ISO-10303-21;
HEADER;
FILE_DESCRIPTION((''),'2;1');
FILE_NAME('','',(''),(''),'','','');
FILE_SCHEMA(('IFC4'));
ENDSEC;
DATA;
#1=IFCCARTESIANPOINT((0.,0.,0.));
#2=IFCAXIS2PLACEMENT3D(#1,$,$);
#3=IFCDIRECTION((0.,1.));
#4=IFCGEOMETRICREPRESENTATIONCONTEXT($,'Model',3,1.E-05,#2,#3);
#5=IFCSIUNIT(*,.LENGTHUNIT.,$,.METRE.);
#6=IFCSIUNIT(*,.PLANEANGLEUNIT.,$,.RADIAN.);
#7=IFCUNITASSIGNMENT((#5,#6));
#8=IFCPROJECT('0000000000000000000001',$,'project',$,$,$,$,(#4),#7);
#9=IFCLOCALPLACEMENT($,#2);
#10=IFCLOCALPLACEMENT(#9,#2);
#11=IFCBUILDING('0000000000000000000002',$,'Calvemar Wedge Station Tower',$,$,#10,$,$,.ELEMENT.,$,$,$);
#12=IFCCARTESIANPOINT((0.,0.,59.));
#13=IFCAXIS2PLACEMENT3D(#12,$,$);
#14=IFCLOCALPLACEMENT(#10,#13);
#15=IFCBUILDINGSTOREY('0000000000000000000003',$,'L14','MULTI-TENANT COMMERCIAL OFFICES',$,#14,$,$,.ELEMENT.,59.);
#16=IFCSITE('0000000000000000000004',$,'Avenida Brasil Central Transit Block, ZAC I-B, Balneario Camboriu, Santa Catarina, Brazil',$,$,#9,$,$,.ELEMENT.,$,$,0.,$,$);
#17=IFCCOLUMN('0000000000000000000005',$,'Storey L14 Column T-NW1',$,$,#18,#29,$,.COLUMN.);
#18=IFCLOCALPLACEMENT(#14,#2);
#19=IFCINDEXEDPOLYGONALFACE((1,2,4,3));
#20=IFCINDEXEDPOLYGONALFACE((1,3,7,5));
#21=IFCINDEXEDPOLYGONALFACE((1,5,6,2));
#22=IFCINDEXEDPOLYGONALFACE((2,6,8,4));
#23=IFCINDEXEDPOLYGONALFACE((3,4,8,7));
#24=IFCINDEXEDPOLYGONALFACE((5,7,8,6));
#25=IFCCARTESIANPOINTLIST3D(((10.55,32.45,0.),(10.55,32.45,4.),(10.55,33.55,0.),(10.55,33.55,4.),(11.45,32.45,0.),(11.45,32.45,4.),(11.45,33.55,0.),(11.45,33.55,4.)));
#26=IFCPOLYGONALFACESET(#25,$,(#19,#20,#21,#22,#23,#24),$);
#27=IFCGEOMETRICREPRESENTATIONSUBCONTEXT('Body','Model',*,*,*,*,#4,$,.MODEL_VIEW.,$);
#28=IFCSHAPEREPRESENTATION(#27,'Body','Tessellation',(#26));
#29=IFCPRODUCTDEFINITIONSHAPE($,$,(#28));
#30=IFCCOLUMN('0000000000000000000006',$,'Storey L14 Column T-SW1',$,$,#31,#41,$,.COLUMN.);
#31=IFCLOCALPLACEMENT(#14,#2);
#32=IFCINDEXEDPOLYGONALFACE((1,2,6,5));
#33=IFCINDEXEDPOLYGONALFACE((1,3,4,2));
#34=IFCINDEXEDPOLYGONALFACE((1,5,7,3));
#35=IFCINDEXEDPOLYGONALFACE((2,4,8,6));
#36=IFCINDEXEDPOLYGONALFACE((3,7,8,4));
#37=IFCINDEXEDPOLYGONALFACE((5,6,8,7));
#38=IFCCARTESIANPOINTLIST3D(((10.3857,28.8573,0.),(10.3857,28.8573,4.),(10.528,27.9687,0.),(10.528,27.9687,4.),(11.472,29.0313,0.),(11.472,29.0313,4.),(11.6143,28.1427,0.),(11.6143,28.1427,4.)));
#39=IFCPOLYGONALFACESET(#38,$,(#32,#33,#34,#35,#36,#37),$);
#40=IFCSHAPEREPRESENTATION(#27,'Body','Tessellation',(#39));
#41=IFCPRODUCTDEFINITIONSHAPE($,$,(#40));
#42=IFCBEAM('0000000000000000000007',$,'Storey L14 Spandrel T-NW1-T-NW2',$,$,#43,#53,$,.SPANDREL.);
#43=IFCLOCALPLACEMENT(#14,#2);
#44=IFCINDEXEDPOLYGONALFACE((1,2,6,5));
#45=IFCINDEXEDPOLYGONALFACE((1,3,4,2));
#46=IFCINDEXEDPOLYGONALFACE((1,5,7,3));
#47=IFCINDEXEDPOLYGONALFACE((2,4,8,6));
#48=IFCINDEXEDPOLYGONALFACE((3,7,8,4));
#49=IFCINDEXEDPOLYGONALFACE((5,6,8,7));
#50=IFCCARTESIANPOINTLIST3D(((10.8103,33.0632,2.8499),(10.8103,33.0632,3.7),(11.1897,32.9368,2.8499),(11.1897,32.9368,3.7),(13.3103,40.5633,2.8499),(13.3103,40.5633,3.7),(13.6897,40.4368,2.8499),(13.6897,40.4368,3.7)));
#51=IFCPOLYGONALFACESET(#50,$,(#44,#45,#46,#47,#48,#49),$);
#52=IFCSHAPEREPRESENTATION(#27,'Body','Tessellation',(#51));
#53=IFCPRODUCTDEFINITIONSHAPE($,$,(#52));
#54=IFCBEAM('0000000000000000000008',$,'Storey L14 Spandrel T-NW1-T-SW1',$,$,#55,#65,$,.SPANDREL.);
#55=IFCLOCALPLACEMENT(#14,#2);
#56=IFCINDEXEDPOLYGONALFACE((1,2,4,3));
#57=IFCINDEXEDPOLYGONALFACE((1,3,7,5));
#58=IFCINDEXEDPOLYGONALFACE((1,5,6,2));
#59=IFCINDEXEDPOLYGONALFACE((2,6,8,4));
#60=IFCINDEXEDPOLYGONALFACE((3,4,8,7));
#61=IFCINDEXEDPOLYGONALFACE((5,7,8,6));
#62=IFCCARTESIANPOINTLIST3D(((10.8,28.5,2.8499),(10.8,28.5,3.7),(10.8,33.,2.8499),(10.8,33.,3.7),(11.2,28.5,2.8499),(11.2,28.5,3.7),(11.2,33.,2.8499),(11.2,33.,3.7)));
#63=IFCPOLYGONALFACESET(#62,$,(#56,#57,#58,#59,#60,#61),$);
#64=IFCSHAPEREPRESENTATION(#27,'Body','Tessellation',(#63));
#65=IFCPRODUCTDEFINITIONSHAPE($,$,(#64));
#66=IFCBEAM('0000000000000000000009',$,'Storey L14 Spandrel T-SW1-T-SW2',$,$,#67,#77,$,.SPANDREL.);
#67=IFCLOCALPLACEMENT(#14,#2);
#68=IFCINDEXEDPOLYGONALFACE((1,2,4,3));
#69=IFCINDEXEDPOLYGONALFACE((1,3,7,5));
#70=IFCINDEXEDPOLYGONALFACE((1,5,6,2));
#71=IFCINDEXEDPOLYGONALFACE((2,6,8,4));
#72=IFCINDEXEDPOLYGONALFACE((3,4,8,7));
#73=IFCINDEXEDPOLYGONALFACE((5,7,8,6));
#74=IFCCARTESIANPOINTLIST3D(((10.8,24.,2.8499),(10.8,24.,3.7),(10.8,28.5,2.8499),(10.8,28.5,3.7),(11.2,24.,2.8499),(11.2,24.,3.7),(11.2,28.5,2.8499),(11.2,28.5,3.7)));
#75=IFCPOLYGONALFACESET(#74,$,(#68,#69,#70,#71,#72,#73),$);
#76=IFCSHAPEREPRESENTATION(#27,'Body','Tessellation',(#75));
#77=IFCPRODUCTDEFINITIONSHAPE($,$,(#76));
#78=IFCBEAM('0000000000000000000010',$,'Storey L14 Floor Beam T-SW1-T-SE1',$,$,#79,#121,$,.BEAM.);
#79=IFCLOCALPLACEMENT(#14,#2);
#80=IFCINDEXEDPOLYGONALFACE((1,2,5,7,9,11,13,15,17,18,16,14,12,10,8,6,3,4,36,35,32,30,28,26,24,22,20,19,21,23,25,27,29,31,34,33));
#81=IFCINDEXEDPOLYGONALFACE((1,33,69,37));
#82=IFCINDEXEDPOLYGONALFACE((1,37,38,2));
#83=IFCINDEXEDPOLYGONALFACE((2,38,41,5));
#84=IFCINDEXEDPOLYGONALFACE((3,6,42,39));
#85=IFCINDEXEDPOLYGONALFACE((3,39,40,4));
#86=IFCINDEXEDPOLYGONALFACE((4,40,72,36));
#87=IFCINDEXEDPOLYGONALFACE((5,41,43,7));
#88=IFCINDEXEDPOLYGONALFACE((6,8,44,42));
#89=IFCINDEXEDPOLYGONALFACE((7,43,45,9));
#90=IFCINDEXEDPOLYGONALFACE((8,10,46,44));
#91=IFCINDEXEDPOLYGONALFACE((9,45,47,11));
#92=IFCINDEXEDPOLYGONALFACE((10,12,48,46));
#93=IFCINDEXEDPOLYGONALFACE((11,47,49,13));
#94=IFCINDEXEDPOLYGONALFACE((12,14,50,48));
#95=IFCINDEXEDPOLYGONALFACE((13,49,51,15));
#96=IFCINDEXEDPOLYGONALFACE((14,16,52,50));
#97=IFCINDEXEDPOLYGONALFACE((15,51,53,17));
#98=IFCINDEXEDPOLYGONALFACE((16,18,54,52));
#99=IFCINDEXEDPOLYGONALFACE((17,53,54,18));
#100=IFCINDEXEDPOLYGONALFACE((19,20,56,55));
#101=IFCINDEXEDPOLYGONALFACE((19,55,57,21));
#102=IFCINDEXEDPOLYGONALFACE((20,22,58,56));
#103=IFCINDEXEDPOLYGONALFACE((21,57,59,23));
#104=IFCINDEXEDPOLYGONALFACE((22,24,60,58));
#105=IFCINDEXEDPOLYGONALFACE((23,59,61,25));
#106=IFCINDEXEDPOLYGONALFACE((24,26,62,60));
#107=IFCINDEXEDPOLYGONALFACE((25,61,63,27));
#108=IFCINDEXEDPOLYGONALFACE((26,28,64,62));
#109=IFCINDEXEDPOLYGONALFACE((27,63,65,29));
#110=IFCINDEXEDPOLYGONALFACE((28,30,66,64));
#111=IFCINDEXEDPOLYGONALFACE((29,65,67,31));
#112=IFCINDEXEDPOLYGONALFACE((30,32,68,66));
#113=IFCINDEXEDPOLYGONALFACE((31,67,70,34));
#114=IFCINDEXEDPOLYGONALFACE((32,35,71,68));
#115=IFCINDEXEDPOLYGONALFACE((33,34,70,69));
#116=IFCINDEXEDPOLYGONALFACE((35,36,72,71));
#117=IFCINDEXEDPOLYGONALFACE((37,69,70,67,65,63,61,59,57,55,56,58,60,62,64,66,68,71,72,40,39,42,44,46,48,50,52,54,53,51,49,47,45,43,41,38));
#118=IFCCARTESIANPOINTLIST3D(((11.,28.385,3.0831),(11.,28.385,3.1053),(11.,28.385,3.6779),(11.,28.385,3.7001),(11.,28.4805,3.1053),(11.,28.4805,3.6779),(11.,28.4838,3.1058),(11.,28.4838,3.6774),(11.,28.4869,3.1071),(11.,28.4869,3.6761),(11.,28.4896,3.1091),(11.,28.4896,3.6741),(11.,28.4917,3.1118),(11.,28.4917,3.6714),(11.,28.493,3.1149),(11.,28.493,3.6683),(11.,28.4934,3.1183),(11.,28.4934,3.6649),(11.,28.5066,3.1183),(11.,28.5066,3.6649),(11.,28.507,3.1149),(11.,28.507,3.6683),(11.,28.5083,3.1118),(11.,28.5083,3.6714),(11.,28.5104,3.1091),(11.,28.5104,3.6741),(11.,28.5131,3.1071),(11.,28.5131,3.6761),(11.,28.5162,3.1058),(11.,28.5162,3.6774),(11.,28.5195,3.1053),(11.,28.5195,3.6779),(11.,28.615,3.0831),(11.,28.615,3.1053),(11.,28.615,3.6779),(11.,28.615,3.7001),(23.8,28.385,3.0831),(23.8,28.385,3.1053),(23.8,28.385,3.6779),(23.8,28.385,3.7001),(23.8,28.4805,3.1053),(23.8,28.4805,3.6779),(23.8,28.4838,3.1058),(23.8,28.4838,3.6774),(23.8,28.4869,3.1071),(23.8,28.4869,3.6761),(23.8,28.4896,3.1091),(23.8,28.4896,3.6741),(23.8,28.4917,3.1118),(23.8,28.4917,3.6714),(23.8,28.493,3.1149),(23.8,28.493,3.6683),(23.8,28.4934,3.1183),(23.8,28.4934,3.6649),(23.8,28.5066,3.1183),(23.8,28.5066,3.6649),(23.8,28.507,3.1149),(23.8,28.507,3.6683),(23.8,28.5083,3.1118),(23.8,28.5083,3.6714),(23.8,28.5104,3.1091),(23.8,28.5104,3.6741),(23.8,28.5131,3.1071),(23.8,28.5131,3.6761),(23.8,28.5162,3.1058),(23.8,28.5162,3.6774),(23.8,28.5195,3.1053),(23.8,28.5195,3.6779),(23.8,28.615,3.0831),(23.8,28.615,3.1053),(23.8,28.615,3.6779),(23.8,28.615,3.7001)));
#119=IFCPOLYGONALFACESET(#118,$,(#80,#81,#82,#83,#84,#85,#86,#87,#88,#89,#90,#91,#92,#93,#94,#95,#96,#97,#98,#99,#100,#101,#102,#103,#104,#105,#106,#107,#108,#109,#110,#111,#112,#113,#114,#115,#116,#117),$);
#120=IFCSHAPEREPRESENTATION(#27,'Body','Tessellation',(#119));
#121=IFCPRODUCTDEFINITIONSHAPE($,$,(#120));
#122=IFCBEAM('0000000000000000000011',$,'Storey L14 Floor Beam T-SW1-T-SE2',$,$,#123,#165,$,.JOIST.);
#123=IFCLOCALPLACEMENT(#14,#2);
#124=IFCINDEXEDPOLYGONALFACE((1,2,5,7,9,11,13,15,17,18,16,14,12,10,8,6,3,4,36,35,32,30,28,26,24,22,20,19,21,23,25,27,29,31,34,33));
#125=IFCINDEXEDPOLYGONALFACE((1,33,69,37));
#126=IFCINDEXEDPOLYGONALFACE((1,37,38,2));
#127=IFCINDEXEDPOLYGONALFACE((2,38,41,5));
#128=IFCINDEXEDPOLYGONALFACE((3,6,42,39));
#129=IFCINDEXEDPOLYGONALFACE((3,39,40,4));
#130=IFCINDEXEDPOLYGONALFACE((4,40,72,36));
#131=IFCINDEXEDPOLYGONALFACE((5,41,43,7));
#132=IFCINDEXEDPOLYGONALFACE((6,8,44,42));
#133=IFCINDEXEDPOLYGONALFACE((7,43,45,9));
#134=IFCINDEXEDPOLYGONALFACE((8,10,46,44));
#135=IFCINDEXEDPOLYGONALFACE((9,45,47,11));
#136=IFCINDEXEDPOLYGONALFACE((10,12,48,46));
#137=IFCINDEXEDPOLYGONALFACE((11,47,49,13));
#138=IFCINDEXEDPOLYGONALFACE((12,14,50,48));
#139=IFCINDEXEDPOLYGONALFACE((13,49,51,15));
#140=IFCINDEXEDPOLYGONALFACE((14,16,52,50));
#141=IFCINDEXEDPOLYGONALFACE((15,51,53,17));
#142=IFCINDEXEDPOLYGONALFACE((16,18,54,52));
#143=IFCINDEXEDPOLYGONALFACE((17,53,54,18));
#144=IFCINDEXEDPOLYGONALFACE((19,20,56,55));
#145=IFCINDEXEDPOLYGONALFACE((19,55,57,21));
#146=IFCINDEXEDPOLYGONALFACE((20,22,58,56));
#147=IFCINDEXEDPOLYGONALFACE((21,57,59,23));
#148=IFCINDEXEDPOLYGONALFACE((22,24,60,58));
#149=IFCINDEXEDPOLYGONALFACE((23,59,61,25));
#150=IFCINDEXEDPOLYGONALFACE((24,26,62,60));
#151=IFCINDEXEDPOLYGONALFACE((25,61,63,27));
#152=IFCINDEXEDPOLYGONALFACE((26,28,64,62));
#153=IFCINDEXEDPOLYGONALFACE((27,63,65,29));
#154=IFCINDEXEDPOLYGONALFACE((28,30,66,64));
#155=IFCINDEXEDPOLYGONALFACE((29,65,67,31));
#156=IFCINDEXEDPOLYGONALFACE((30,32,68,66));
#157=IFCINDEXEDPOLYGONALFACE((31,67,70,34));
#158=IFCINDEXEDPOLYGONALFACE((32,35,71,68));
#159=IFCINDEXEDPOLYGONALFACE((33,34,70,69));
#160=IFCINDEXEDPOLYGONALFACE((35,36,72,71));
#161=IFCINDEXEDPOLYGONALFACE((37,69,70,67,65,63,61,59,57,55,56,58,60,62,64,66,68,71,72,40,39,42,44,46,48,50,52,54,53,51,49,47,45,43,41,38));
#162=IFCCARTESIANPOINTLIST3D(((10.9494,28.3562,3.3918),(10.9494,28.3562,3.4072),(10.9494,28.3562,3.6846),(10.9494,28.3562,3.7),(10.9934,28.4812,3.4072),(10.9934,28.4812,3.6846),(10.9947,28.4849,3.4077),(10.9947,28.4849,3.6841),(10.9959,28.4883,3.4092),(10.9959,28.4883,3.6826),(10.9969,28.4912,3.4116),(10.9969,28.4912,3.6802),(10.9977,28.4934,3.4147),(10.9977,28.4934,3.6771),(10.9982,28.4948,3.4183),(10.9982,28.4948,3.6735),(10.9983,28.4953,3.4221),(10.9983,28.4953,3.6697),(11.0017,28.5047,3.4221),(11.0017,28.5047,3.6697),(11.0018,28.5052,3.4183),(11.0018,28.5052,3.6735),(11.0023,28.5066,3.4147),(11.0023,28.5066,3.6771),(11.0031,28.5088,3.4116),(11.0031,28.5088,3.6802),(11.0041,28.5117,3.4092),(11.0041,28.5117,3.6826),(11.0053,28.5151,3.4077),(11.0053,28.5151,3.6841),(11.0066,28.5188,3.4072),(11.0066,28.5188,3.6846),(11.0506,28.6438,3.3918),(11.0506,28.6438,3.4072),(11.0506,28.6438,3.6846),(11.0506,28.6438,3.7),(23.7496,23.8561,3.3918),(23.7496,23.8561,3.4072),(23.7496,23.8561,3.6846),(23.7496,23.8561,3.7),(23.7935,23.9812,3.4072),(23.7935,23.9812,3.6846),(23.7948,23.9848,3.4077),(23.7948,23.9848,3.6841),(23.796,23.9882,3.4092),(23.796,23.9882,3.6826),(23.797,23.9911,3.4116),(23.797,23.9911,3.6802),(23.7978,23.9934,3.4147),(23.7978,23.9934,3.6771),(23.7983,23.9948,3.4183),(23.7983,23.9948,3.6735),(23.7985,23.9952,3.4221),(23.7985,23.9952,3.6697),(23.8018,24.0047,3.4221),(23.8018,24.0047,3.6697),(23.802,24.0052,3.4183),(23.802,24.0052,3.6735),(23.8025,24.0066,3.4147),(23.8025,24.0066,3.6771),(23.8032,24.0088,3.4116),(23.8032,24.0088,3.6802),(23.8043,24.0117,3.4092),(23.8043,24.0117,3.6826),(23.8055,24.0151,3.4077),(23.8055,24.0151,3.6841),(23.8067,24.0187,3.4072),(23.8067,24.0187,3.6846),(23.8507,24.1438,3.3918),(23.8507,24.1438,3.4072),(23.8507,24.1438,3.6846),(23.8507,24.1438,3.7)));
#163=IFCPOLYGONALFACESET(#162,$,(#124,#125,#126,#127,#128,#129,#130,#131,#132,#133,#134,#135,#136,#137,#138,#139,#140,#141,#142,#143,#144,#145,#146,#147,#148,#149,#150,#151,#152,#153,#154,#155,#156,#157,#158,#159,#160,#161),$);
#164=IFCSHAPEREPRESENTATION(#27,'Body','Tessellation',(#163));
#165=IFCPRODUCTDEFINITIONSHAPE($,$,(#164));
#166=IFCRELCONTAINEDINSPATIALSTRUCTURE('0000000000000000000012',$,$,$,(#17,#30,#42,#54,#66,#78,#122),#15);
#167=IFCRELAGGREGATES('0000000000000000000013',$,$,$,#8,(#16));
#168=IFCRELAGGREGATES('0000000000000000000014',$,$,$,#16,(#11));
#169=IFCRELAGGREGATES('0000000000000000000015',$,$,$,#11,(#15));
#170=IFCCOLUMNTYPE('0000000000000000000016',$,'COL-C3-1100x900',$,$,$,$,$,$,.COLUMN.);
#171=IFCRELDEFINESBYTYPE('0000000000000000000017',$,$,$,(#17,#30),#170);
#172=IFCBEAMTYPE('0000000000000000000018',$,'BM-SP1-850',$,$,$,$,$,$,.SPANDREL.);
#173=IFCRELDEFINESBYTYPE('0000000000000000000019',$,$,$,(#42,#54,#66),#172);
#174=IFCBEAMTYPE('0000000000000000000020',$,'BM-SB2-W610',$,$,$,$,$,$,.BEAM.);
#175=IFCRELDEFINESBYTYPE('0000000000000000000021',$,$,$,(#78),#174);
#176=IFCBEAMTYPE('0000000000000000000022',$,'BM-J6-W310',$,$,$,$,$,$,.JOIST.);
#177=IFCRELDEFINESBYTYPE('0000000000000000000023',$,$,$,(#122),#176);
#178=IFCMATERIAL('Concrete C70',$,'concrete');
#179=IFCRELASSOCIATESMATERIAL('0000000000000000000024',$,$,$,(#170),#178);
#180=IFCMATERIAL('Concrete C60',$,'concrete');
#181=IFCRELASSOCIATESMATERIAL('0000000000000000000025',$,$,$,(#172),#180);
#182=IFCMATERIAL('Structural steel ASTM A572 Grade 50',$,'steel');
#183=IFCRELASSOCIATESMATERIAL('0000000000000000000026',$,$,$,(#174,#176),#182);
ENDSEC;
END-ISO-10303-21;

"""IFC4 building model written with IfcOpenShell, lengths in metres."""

from ifc_helpers import new_model, si_unit, direction, frame, origin, origin_2d, place, context, subcontext, project, spatial, rectangle, i_section, extrude, source, transform, mapped, material, material_profile, profile_set, type_object, element, save


model = new_model("IFC4")

# Units and contexts
model_context = context("Model", 3, precision=1e-05, world=origin(), true_north=direction((0.0, 1.0)))
body_context = subcontext(model_context, "Body", "Model", "MODEL_VIEW")
ifc_project = project(units=[si_unit("LENGTHUNIT", "METRE"), si_unit("PLANEANGLEUNIT", "RADIAN")], contexts=[model_context])

# Site, building, storey
site_placement = place(None, origin())
site = spatial("IfcSite", under=ifc_project, at=site_placement, Name="Avenida Brasil Central Transit Block, ZAC I-B, Balneario Camboriu, Santa Catarina, Brazil", CompositionType="ELEMENT", RefElevation=0.0)
building_placement = place(site_placement, origin())
building = spatial("IfcBuilding", under=site, at=building_placement, Name="Calvemar Wedge Station Tower", CompositionType="ELEMENT")
storey_placement = place(building_placement, frame((0.0, 0.0, 59.0)))
storey = spatial("IfcBuildingStorey", under=building, at=storey_placement, Name="L14", Description="MULTI-TENANT COMMERCIAL OFFICES", CompositionType="ELEMENT", Elevation=59.0)

# Columns
ifc_material_1 = material(Name="Concrete C70", Category="concrete")
ifc_material_profile_1 = material_profile(ifc_material_1, rectangle(XDim=0.8999, YDim=1.1001, at=origin_2d()), Name="RC1100x900")
ifc_profile_set_1 = profile_set([ifc_material_profile_1], Name="Concrete C70")
column_type = type_object("IfcColumnType", Name="COL-C3-1100x900", PredefinedType="COLUMN", material=ifc_profile_set_1)
shared_shape_1 = source(origin(), body_context, "Body", "SweptSolid", [
    extrude(rectangle(XDim=0.8999, YDim=1.1001, at=origin_2d()), origin(), (0.0, 0.0, 1.0), 4.0),
])
for number, where, z_axis, x_axis, name in (
    (1, (11.0, 33.0, 0.0), (0.0, 0.0, 1.0), (1.0, 0.0, 0.0), "Storey L14 Column T-NW1"),
    (2, (11.0, 28.5, 0.0), (0.0, 0.0, 1.0), (0.158158, -0.987414, 0.0), "Storey L14 Column T-SW1"),
):
    element("IfcColumn", number, at=place(storey_placement, frame(where, z_axis=z_axis, x_axis=x_axis)), inside=storey, type_object=column_type, Name=name, PredefinedType="COLUMN", context=body_context, shape_type="MappedRepresentation", body=[
        mapped(shared_shape_1, transform((0.0, 0.0, 0.0), scale=1.0)),
    ])

# Beams
ifc_material_2 = material(Name="Concrete C60", Category="concrete")
ifc_material_profile_2 = material_profile(ifc_material_2, rectangle(XDim=0.3999, YDim=0.8501, at=origin_2d()), Name="RC400x850")
ifc_profile_set_2 = profile_set([ifc_material_profile_2], Name="Concrete C60")
beam_type_1 = type_object("IfcBeamType", Name="BM-SP1-850", PredefinedType="SPANDREL", material=ifc_profile_set_2)
shared_shape_2 = source(origin(), body_context, "Body", "SweptSolid", [
    extrude(rectangle(XDim=0.3999, YDim=0.8501, at=origin_2d()), origin(), (0.0, 0.0, 1.0), 7.9058),
])
beam_1_placement = place(storey_placement, frame((11.0, 33.0, 3.2749), z_axis=(0.316228, 0.948683, 0.0), x_axis=(-0.948683, 0.316228, 0.0)))
element("IfcBeam", 3, at=beam_1_placement, inside=storey, type_object=beam_type_1, Name="Storey L14 Spandrel T-NW1-T-NW2", PredefinedType="SPANDREL", context=body_context, shape_type="MappedRepresentation", body=[
    mapped(shared_shape_2, transform((0.0, 0.0, 0.0), scale=1.0)),
])
shared_shape_3 = source(origin(), body_context, "Body", "SweptSolid", [
    extrude(rectangle(XDim=0.3999, YDim=0.8501, at=origin_2d()), origin(), (0.0, 0.0, 1.0), 4.5),
])
for number, where, z_axis, x_axis, name in (
    (4, (11.0, 33.0, 3.2749), (0.0, -1.0, 0.0), (1.0, 0.0, 0.0), "Storey L14 Spandrel T-NW1-T-SW1"),
    (5, (11.0, 28.5, 3.2749), (0.0, -1.0, 0.0), (1.0, 0.0, 0.0), "Storey L14 Spandrel T-SW1-T-SW2"),
):
    element("IfcBeam", number, at=place(storey_placement, frame(where, z_axis=z_axis, x_axis=x_axis)), inside=storey, type_object=beam_type_1, Name=name, PredefinedType="SPANDREL", context=body_context, shape_type="MappedRepresentation", body=[
        mapped(shared_shape_3, transform((0.0, 0.0, 0.0), scale=1.0)),
    ])
ifc_material_3 = material(Name="Structural steel ASTM A572 Grade 50", Category="steel")
ifc_material_profile_3 = material_profile(ifc_material_3, i_section(OverallWidth=0.23, OverallDepth=0.6169, WebThickness=0.0132, FlangeThickness=0.0222, FilletRadius=0.0129, at=origin_2d()), Name="W610x140")
ifc_profile_set_3 = profile_set([ifc_material_profile_3], Name="Structural steel ASTM A572 Grade 50")
beam_type_2 = type_object("IfcBeamType", Name="BM-SB2-W610", PredefinedType="BEAM", material=ifc_profile_set_3)
shared_shape_4 = source(origin(), body_context, "Body", "SweptSolid", [
    extrude(i_section(OverallWidth=0.23, OverallDepth=0.6169, WebThickness=0.0132, FlangeThickness=0.0222, FilletRadius=0.0129, at=origin_2d()), origin(), (0.0, 0.0, 1.0), 12.8),
])
beam_2_placement = place(storey_placement, frame((11.0, 28.5, 3.3916), z_axis=(1.0, 0.0, 0.0), x_axis=(0.0, 1.0, 0.0)))
element("IfcBeam", 6, at=beam_2_placement, inside=storey, type_object=beam_type_2, Name="Storey L14 Floor Beam T-SW1-T-SE1", PredefinedType="BEAM", context=body_context, shape_type="MappedRepresentation", body=[
    mapped(shared_shape_4, transform((0.0, 0.0, 0.0), scale=1.0)),
])
ifc_material_profile_4 = material_profile(ifc_material_3, i_section(OverallWidth=0.3049, OverallDepth=0.3081, WebThickness=0.01, FlangeThickness=0.0154, FilletRadius=0.0149, at=origin_2d()), Name="W310x97")
ifc_profile_set_4 = profile_set([ifc_material_profile_4], Name="Structural steel ASTM A572 Grade 50")
beam_type_3 = type_object("IfcBeamType", Name="BM-J6-W310", PredefinedType="JOIST", material=ifc_profile_set_4)
shared_shape_5 = source(origin(), body_context, "Body", "SweptSolid", [
    extrude(i_section(OverallWidth=0.3049, OverallDepth=0.3081, WebThickness=0.01, FlangeThickness=0.0154, FilletRadius=0.0149, at=origin_2d()), origin(), (0.0, 0.0, 1.0), 13.5681),
])
beam_3_placement = place(storey_placement, frame((11.0, 28.5, 3.5459), z_axis=(0.943398, -0.331662, 0.0), x_axis=(0.331662, 0.943398, 0.0)))
element("IfcBeam", 7, at=beam_3_placement, inside=storey, type_object=beam_type_3, Name="Storey L14 Floor Beam T-SW1-T-SE2", PredefinedType="JOIST", context=body_context, shape_type="MappedRepresentation", body=[
    mapped(shared_shape_5, transform((0.0, 0.0, 0.0), scale=1.0)),
])

save(model, "model.ifc")
